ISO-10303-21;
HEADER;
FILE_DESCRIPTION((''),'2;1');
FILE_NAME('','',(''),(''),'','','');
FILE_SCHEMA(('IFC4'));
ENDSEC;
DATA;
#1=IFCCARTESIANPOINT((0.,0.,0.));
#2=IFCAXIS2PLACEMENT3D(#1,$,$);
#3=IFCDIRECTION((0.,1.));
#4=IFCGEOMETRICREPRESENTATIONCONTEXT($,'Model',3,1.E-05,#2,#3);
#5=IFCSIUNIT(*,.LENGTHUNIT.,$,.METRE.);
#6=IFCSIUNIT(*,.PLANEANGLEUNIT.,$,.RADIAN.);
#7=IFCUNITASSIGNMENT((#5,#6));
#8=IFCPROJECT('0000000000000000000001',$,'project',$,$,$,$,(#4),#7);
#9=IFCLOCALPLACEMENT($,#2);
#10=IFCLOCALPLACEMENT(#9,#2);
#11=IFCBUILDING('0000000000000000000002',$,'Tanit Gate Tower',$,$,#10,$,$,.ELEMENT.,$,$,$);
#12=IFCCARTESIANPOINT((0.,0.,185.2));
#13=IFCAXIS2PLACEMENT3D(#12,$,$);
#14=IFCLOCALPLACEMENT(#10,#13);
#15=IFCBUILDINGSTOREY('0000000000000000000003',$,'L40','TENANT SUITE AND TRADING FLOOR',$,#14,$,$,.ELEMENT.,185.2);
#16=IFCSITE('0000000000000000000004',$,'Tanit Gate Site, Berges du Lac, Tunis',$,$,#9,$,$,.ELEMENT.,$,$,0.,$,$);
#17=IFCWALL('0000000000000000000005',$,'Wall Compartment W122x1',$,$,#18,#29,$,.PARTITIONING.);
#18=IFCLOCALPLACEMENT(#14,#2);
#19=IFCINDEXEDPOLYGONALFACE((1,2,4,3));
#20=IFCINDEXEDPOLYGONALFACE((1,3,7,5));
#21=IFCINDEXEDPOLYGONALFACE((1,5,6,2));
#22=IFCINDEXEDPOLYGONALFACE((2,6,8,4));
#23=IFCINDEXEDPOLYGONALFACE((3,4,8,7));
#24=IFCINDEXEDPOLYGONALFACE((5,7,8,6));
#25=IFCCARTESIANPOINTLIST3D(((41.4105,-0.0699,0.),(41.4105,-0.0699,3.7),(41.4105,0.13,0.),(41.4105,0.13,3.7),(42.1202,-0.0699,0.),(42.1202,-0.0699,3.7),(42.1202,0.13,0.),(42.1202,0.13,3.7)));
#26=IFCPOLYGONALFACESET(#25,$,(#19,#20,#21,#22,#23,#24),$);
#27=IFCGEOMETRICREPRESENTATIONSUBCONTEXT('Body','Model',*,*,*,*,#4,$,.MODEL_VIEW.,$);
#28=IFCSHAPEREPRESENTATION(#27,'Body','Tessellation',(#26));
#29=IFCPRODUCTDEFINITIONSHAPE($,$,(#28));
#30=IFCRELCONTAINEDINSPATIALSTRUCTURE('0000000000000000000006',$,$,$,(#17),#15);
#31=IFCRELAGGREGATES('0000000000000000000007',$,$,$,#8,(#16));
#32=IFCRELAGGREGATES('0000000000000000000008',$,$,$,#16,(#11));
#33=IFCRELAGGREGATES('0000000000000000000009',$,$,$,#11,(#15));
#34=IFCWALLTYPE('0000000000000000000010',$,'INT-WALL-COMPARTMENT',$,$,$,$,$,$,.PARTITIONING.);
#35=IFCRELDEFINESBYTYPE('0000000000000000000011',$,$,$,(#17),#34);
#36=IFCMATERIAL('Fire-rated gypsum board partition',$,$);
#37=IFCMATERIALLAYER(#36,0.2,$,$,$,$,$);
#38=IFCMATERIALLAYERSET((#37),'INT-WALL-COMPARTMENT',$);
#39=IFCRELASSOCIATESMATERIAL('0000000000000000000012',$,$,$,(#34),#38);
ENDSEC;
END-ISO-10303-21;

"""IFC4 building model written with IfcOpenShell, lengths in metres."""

from ifc_helpers import new_model, si_unit, direction, frame, frame_2d, origin, place, context, subcontext, project, spatial, rectangle, extrude, material, layer, layer_set, type_object, element, save


model = new_model("IFC4")

# Units and contexts
model_context = context("Model", 3, precision=1e-05, world=origin(), true_north=direction((0.0, 1.0)))
body_context = subcontext(model_context, "Body", "Model", "MODEL_VIEW")
ifc_project = project(units=[si_unit("LENGTHUNIT", "METRE"), si_unit("PLANEANGLEUNIT", "RADIAN")], contexts=[model_context])

# Site, building, storey
site_placement = place(None, origin())
site = spatial("IfcSite", under=ifc_project, at=site_placement, Name="Tanit Gate Site, Berges du Lac, Tunis", CompositionType="ELEMENT", RefElevation=0.0)
building_placement = place(site_placement, origin())
building = spatial("IfcBuilding", under=site, at=building_placement, Name="Tanit Gate Tower", CompositionType="ELEMENT")
storey_placement = place(building_placement, frame((0.0, 0.0, 185.2)))
storey = spatial("IfcBuildingStorey", under=building, at=storey_placement, Name="L40", Description="TENANT SUITE AND TRADING FLOOR", CompositionType="ELEMENT", Elevation=185.2)

# Wall
ifc_material_1 = material(Name="Fire-rated gypsum board partition")
ifc_layer_1 = layer(ifc_material_1, 0.2)
ifc_layer_set_1 = layer_set([ifc_layer_1], Name="INT-WALL-COMPARTMENT")
wall_type_1 = type_object("IfcWallType", Name="INT-WALL-COMPARTMENT", PredefinedType="PARTITIONING", material=ifc_layer_set_1)
wall_1_placement = place(storey_placement, frame((41.4104, 0.03, 0.0), z_axis=(0.0, 0.0, 1.0), x_axis=(1.0, 0.0, 0.0)))
element("IfcWall", 1, at=wall_1_placement, inside=storey, type_object=wall_type_1, Name="Wall Compartment W122x1", PredefinedType="PARTITIONING", context=body_context, shape_type="SweptSolid", body=[
    extrude(rectangle(XDim=0.7097, YDim=0.2, at=frame_2d((0.355, 0.0))), origin(), (0.0, 0.0, 1.0), 3.7),
])

save(model, "model.ifc")
